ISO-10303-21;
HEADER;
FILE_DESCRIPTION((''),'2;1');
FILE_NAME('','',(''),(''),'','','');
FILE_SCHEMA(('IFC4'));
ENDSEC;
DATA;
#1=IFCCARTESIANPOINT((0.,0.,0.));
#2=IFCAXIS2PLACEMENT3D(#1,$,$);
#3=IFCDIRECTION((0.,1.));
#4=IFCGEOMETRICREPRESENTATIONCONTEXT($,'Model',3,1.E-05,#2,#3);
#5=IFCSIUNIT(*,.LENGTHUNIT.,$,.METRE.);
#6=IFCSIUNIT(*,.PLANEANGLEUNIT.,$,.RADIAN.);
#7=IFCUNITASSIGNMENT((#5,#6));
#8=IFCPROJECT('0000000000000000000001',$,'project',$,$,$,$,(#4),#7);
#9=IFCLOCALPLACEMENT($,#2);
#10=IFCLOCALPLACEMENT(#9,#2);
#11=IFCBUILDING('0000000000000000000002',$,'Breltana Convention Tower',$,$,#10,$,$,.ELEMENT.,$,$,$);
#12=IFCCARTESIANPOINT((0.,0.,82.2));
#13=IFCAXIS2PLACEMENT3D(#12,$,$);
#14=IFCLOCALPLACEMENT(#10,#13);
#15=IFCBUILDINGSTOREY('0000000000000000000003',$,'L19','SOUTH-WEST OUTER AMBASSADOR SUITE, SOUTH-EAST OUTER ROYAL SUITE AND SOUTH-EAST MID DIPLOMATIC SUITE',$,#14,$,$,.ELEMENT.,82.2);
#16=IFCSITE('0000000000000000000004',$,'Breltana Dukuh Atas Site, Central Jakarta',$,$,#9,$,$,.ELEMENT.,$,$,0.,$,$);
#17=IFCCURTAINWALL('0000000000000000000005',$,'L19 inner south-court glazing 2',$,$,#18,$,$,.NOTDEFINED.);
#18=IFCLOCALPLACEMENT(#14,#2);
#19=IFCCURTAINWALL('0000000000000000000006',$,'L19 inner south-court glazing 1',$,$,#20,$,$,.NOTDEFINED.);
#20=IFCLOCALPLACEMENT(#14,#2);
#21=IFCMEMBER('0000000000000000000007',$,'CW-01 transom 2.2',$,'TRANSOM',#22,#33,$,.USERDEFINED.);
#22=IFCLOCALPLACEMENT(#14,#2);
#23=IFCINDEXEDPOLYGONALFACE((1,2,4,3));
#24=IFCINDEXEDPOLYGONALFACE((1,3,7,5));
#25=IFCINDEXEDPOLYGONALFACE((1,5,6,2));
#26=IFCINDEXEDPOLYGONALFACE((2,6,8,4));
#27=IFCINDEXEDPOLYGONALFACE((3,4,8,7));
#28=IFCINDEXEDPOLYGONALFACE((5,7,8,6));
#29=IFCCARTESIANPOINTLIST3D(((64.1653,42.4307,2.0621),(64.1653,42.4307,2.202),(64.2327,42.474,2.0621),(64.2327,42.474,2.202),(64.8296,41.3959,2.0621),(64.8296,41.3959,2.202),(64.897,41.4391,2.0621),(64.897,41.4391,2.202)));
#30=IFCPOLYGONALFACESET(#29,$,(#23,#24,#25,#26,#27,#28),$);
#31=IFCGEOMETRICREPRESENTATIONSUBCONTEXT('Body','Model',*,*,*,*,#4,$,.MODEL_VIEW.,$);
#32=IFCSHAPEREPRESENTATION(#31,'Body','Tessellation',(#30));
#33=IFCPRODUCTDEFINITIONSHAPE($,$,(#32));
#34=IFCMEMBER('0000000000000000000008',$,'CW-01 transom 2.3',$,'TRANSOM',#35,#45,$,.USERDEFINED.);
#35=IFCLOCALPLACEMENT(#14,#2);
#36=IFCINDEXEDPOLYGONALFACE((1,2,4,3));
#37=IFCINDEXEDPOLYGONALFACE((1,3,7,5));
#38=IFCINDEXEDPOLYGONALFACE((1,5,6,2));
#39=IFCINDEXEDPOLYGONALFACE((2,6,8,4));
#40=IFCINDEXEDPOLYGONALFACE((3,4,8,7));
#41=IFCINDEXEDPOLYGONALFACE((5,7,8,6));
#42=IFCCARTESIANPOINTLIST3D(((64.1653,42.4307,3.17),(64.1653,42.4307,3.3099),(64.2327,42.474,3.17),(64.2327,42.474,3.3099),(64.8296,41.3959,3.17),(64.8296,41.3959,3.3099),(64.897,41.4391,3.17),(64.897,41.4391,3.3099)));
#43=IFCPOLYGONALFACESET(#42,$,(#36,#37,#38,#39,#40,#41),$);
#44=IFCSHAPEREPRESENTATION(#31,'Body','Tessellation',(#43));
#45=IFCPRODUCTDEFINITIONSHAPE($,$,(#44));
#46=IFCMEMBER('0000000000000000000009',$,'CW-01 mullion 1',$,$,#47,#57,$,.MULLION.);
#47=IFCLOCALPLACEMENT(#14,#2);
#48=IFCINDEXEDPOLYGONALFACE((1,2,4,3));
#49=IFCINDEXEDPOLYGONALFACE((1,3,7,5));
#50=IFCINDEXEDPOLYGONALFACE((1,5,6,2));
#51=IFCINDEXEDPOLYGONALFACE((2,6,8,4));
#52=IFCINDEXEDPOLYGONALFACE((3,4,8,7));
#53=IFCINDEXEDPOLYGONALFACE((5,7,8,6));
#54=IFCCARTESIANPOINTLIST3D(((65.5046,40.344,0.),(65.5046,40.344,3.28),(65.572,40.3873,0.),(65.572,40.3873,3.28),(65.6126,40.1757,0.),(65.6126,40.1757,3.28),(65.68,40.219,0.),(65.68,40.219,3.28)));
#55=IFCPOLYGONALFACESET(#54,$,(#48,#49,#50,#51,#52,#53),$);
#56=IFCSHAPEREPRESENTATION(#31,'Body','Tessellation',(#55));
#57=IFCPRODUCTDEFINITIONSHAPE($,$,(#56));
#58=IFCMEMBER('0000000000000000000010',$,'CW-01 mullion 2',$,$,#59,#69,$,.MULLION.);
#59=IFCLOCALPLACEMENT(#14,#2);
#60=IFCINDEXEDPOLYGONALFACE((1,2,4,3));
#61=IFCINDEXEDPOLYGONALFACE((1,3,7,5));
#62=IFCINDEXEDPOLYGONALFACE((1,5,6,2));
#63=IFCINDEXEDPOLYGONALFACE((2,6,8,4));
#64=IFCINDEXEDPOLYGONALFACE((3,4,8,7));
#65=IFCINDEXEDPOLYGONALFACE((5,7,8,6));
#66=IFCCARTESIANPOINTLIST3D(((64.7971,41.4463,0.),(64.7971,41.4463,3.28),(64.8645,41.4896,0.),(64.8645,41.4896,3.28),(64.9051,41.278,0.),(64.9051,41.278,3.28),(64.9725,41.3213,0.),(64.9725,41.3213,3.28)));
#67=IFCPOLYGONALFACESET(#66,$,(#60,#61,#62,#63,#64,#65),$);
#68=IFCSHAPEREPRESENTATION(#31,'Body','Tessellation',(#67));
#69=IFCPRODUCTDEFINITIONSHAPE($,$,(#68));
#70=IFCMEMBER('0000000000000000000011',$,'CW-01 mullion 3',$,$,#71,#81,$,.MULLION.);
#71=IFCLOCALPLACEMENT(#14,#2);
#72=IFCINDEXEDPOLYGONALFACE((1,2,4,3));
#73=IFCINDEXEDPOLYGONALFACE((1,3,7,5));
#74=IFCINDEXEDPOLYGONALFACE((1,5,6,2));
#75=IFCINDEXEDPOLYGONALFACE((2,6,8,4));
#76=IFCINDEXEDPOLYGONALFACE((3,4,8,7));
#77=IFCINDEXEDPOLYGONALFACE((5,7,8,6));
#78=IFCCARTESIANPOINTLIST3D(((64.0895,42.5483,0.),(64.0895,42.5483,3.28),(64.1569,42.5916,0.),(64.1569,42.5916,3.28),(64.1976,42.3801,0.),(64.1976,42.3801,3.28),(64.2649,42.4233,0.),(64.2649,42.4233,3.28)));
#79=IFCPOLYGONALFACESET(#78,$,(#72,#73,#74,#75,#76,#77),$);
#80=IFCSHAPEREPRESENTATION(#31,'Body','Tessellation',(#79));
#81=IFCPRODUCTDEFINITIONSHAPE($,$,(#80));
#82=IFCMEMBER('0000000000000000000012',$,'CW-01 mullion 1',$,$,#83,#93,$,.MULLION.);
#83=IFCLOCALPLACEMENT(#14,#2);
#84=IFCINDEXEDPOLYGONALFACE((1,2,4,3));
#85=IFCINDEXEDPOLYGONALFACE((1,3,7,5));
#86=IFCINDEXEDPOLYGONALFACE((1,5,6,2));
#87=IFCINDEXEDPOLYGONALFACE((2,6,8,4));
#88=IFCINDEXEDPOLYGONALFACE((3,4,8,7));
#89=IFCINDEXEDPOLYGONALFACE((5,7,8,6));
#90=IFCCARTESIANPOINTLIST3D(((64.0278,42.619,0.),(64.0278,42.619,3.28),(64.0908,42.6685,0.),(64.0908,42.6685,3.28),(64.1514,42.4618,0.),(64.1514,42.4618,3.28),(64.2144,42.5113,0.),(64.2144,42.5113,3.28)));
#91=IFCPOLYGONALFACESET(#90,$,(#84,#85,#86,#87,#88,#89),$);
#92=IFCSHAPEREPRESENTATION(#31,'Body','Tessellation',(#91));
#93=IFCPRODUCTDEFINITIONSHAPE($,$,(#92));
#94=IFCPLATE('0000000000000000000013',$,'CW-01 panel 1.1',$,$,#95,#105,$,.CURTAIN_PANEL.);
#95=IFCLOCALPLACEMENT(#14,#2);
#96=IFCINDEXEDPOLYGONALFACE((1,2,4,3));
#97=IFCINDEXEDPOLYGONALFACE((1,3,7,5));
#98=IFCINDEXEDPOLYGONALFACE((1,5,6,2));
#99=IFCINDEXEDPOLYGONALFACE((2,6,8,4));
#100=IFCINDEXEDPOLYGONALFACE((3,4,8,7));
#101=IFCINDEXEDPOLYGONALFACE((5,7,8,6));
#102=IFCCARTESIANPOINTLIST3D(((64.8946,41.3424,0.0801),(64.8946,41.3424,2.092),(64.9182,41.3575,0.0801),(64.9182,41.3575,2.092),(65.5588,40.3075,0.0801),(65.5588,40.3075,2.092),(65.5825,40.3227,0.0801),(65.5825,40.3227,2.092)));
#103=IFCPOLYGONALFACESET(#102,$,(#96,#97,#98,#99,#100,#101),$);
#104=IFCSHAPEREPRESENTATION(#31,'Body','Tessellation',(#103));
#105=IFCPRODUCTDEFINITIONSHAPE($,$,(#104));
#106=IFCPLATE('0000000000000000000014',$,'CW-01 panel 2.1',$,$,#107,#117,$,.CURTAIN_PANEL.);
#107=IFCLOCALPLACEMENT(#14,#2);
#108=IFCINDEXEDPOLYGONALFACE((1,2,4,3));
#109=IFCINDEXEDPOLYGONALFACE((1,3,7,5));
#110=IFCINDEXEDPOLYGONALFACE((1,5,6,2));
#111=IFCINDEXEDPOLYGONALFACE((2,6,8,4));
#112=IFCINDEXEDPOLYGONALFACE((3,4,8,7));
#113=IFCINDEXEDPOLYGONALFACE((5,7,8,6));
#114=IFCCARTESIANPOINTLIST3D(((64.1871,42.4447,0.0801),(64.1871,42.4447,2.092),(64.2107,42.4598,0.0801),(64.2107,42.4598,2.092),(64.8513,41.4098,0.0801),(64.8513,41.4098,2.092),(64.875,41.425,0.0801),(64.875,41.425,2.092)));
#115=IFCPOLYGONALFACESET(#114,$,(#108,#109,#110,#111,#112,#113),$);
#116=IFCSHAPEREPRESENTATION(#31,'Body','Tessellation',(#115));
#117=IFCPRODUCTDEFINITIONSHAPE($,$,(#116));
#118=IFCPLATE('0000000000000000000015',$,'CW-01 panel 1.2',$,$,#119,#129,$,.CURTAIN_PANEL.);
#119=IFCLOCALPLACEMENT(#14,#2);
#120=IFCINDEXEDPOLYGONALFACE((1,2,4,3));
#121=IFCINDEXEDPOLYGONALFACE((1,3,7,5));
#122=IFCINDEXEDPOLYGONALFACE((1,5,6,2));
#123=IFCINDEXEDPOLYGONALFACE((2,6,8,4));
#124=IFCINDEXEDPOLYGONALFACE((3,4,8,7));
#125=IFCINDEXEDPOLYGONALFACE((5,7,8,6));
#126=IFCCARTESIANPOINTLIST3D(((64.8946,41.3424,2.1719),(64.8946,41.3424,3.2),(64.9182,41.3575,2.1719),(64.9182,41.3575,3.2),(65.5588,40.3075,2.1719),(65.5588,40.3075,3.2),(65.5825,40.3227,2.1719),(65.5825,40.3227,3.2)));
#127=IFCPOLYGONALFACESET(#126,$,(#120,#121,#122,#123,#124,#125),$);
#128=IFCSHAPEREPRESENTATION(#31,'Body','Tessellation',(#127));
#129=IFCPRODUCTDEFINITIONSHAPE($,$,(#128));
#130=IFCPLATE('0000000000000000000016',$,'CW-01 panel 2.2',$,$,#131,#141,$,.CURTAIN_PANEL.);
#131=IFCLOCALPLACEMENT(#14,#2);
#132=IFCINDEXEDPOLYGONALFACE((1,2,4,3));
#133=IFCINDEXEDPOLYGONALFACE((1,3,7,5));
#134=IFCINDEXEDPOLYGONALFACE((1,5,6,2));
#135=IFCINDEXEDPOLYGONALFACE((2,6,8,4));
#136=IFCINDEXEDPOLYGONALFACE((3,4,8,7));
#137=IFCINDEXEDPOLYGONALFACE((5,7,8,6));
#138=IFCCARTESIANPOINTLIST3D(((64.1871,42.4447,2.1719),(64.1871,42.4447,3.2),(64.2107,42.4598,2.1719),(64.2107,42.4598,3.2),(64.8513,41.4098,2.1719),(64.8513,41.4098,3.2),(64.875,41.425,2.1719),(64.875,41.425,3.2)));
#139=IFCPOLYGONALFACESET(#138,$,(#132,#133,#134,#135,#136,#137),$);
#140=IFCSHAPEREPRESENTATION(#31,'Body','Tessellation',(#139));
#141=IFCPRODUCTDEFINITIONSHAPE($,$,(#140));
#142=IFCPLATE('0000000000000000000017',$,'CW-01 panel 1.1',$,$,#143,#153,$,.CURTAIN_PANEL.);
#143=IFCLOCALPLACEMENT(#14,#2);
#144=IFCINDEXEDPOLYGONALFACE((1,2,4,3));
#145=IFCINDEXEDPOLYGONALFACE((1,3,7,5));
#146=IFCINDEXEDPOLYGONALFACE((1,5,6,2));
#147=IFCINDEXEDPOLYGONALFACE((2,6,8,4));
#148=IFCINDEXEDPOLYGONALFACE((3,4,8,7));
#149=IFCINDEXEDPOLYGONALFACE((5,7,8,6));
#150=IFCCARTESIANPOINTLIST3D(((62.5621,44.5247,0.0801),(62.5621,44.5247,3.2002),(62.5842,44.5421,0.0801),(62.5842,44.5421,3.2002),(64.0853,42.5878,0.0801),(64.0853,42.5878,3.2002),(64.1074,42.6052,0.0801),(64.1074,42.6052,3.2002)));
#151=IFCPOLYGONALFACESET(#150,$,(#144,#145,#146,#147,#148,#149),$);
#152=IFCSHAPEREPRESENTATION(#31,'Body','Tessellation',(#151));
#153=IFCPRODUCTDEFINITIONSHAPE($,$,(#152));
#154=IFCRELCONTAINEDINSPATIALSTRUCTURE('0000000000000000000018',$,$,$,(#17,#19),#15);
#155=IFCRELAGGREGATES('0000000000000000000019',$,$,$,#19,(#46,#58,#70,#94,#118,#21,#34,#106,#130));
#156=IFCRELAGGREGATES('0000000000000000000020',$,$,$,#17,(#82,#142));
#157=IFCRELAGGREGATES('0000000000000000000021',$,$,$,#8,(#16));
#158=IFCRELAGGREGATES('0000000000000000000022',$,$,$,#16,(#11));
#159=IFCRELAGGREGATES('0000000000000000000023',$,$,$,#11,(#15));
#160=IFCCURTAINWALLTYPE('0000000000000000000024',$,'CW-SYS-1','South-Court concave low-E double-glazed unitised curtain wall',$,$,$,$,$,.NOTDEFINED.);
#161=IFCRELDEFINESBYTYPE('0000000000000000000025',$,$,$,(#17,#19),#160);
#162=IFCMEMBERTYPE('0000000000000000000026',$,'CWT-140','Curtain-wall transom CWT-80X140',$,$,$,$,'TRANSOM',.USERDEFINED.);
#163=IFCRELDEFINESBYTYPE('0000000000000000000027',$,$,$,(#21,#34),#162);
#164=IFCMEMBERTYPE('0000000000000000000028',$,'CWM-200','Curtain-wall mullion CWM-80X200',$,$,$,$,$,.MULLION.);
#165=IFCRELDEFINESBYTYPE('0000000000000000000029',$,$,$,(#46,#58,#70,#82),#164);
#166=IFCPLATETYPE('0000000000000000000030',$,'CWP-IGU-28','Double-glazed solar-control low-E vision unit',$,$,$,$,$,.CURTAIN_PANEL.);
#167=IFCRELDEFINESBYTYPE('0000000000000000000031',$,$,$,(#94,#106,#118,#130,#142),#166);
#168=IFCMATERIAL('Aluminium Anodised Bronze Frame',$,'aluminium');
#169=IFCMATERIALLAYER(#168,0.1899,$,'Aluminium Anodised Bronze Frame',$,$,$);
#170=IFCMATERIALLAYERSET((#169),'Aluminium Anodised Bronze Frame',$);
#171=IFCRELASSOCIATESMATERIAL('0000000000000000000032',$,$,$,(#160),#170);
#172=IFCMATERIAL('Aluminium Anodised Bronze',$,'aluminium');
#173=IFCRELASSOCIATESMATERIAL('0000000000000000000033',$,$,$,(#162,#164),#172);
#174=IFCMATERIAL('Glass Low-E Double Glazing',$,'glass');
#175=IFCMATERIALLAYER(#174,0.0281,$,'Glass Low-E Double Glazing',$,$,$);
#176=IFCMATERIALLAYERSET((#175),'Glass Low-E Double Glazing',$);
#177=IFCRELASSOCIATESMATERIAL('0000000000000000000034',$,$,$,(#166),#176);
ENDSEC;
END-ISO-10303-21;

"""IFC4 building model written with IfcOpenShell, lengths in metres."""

from ifc_helpers import new_model, si_unit, direction, frame, origin, origin_2d, place, context, subcontext, project, spatial, rectangle, extrude, source, transform, mapped, material, layer, layer_set, material_profile, profile_set, type_object, element, aggregate, save


model = new_model("IFC4")

# Units and contexts
model_context = context("Model", 3, precision=1e-05, world=origin(), true_north=direction((0.0, 1.0)))
body_context = subcontext(model_context, "Body", "Model", "MODEL_VIEW")
ifc_project = project(units=[si_unit("LENGTHUNIT", "METRE"), si_unit("PLANEANGLEUNIT", "RADIAN")], contexts=[model_context])

# Site, building, storey
site_placement = place(None, origin())
site = spatial("IfcSite", under=ifc_project, at=site_placement, Name="Breltana Dukuh Atas Site, Central Jakarta", CompositionType="ELEMENT", RefElevation=0.0)
building_placement = place(site_placement, origin())
building = spatial("IfcBuilding", under=site, at=building_placement, Name="Breltana Convention Tower", CompositionType="ELEMENT")
storey_placement = place(building_placement, frame((0.0, 0.0, 82.2)))
storey = spatial("IfcBuildingStorey", under=building, at=storey_placement, Name="L19", Description="SOUTH-WEST OUTER AMBASSADOR SUITE, SOUTH-EAST OUTER ROYAL SUITE AND SOUTH-EAST MID DIPLOMATIC SUITE", CompositionType="ELEMENT", Elevation=82.2)

# Curtain walls, members
ifc_material_1 = material(Name="Aluminium Anodised Bronze Frame", Category="aluminium")
ifc_layer_1 = layer(ifc_material_1, 0.1899, Name="Aluminium Anodised Bronze Frame")
ifc_layer_set_1 = layer_set([ifc_layer_1], Name="Aluminium Anodised Bronze Frame")
curtain_wall_type = type_object("IfcCurtainWallType", Name="CW-SYS-1", Description="South-Court concave low-E double-glazed unitised curtain wall", PredefinedType="NOTDEFINED", material=ifc_layer_set_1)
curtain_wall_1_placement = place(storey_placement, origin())
curtain_wall_1 = element("IfcCurtainWall", 1, at=curtain_wall_1_placement, inside=storey, type_object=curtain_wall_type, Name="L19 inner south-court glazing 2", PredefinedType="NOTDEFINED")
ifc_material_2 = material(Name="Aluminium Anodised Bronze", Category="aluminium")
ifc_material_profile_1 = material_profile(ifc_material_2, rectangle(XDim=0.0801, YDim=0.1399, at=origin_2d()), Name="CWT-80X140")
ifc_profile_set_1 = profile_set([ifc_material_profile_1], Name="Aluminium Anodised Bronze")
member_type_1 = type_object("IfcMemberType", Name="CWT-140", Description="Curtain-wall transom CWT-80X140", ElementType="TRANSOM", PredefinedType="USERDEFINED", material=ifc_profile_set_1)
curtain_wall_2_placement = place(storey_placement, origin())
curtain_wall_2 = element("IfcCurtainWall", 2, at=curtain_wall_2_placement, inside=storey, type_object=curtain_wall_type, Name="L19 inner south-court glazing 1", PredefinedType="NOTDEFINED")
shared_shape_1 = source(origin(), body_context, "Body", "SweptSolid", [
    extrude(rectangle(XDim=0.0801, YDim=0.1399, at=origin_2d()), origin(), (0.0, 0.0, 1.0), 1.2297),
])
member_1_placement = place(storey_placement, frame((64.8633, 41.4175, 2.1321), z_axis=(-0.540186, 0.841546, 0.0), x_axis=(-0.841546, -0.540186, 0.0)))
member_1 = element("IfcMember", 3, at=member_1_placement, type_object=member_type_1, Name="CW-01 transom 2.2", ObjectType="TRANSOM", PredefinedType="USERDEFINED", context=body_context, shape_type="MappedRepresentation", body=[
    mapped(shared_shape_1, transform((0.0, 0.0, 0.0), scale=1.0)),
])
member_2_placement = place(storey_placement, frame((64.8633, 41.4175, 3.24), z_axis=(-0.540186, 0.841546, 0.0), x_axis=(-0.841546, -0.540186, 0.0)))
member_2 = element("IfcMember", 4, at=member_2_placement, type_object=member_type_1, Name="CW-01 transom 2.3", ObjectType="TRANSOM", PredefinedType="USERDEFINED", context=body_context, shape_type="MappedRepresentation", body=[
    mapped(shared_shape_1, transform((0.0, 0.0, 0.0), scale=1.0)),
])
ifc_material_profile_2 = material_profile(ifc_material_2, rectangle(XDim=0.0801, YDim=0.2, at=origin_2d()), Name="CWM-80X200")
ifc_profile_set_2 = profile_set([ifc_material_profile_2], Name="Aluminium Anodised Bronze")
member_type_2 = type_object("IfcMemberType", Name="CWM-200", Description="Curtain-wall mullion CWM-80X200", PredefinedType="MULLION", material=ifc_profile_set_2)
shared_shape_2 = source(origin(), body_context, "Body", "SweptSolid", [
    extrude(rectangle(XDim=0.0801, YDim=0.2, at=origin_2d()), origin(), (0.0, 0.0, 1.0), 3.28),
])
member_3_placement = place(storey_placement, frame((65.5923, 40.2815, 0.0), z_axis=(0.0, 0.0, 1.0), x_axis=(-0.841556, -0.54017, 0.0)))
member_3 = element("IfcMember", 5, at=member_3_placement, type_object=member_type_2, Name="CW-01 mullion 1", PredefinedType="MULLION", context=body_context, shape_type="MappedRepresentation", body=[
    mapped(shared_shape_2, transform((0.0, 0.0, 0.0), scale=1.0)),
])
member_4_placement = place(storey_placement, frame((64.8848, 41.3838, 0.0), z_axis=(0.0, 0.0, 1.0), x_axis=(-0.841556, -0.54017, 0.0)))
member_4 = element("IfcMember", 6, at=member_4_placement, type_object=member_type_2, Name="CW-01 mullion 2", PredefinedType="MULLION", context=body_context, shape_type="MappedRepresentation", body=[
    mapped(shared_shape_2, transform((0.0, 0.0, 0.0), scale=1.0)),
])
member_5_placement = place(storey_placement, frame((64.1772, 42.4858, 0.0), z_axis=(0.0, 0.0, 1.0), x_axis=(-0.841556, -0.54017, 0.0)))
member_5 = element("IfcMember", 7, at=member_5_placement, type_object=member_type_2, Name="CW-01 mullion 3", PredefinedType="MULLION", context=body_context, shape_type="MappedRepresentation", body=[
    mapped(shared_shape_2, transform((0.0, 0.0, 0.0), scale=1.0)),
])

# Member
member_6_placement = place(storey_placement, frame((64.1211, 42.5652, 0.0), z_axis=(0.0, 0.0, 1.0), x_axis=(-0.786058, -0.618153, 0.0)))
member_6 = element("IfcMember", 8, at=member_6_placement, type_object=member_type_2, Name="CW-01 mullion 1", PredefinedType="MULLION", context=body_context, shape_type="MappedRepresentation", body=[
    mapped(shared_shape_2, transform((0.0, 0.0, 0.0), scale=1.0)),
])

# Plates
ifc_material_3 = material(Name="Glass Low-E Double Glazing", Category="glass")
ifc_layer_2 = layer(ifc_material_3, 0.0281, Name="Glass Low-E Double Glazing")
ifc_layer_set_2 = layer_set([ifc_layer_2], Name="Glass Low-E Double Glazing")
plate_type = type_object("IfcPlateType", Name="CWP-IGU-28", Description="Double-glazed solar-control low-E vision unit", PredefinedType="CURTAIN_PANEL", material=ifc_layer_set_2)
shared_shape_3 = source(origin(), body_context, "Body", "SweptSolid", [
    extrude(rectangle(XDim=1.2297, YDim=0.0281, at=origin_2d()), origin(), (0.0, 0.0, 1.0), 2.012),
])
plate_1_placement = place(storey_placement, frame((65.2385, 40.8325, 0.0801), z_axis=(0.0, 0.0, 1.0), x_axis=(-0.54017, 0.841556, 0.0)))
plate_1 = element("IfcPlate", 9, at=plate_1_placement, type_object=plate_type, Name="CW-01 panel 1.1", PredefinedType="CURTAIN_PANEL", context=body_context, shape_type="MappedRepresentation", body=[
    mapped(shared_shape_3, transform((0.0, 0.0, 0.0), scale=1.0)),
])
plate_2_placement = place(storey_placement, frame((64.531, 41.9348, 0.0801), z_axis=(0.0, 0.0, 1.0), x_axis=(-0.54017, 0.841556, 0.0)))
plate_2 = element("IfcPlate", 10, at=plate_2_placement, type_object=plate_type, Name="CW-01 panel 2.1", PredefinedType="CURTAIN_PANEL", context=body_context, shape_type="MappedRepresentation", body=[
    mapped(shared_shape_3, transform((0.0, 0.0, 0.0), scale=1.0)),
])
shared_shape_4 = source(origin(), body_context, "Body", "SweptSolid", [
    extrude(rectangle(XDim=1.2297, YDim=0.0281, at=origin_2d()), origin(), (0.0, 0.0, 1.0), 1.0281),
])
plate_3_placement = place(storey_placement, frame((65.2385, 40.8325, 2.1719), z_axis=(0.0, 0.0, 1.0), x_axis=(-0.54017, 0.841556, 0.0)))
plate_3 = element("IfcPlate", 11, at=plate_3_placement, type_object=plate_type, Name="CW-01 panel 1.2", PredefinedType="CURTAIN_PANEL", context=body_context, shape_type="MappedRepresentation", body=[
    mapped(shared_shape_4, transform((0.0, 0.0, 0.0), scale=1.0)),
])
plate_4_placement = place(storey_placement, frame((64.531, 41.9348, 2.1719), z_axis=(0.0, 0.0, 1.0), x_axis=(-0.54017, 0.841556, 0.0)))
plate_4 = element("IfcPlate", 12, at=plate_4_placement, type_object=plate_type, Name="CW-01 panel 2.2", PredefinedType="CURTAIN_PANEL", context=body_context, shape_type="MappedRepresentation", body=[
    mapped(shared_shape_4, transform((0.0, 0.0, 0.0), scale=1.0)),
])
aggregate(curtain_wall_2, [member_3, member_4, member_5, plate_1, plate_3, member_1, member_2, plate_2, plate_4])
shared_shape_5 = source(origin(), body_context, "Body", "SweptSolid", [
    extrude(rectangle(XDim=2.4641, YDim=0.0281, at=origin_2d()), origin(), (0.0, 0.0, 1.0), 3.1201),
])
plate_5_placement = place(storey_placement, frame((63.3347, 43.5649, 0.0801), z_axis=(0.0, 0.0, 1.0), x_axis=(-0.618153, 0.786058, 0.0)))
plate_5 = element("IfcPlate", 13, at=plate_5_placement, type_object=plate_type, Name="CW-01 panel 1.1", PredefinedType="CURTAIN_PANEL", context=body_context, shape_type="MappedRepresentation", body=[
    mapped(shared_shape_5, transform((0.0, 0.0, 0.0), scale=1.0)),
])
aggregate(curtain_wall_1, [member_6, plate_5])

save(model, "model.ifc")
